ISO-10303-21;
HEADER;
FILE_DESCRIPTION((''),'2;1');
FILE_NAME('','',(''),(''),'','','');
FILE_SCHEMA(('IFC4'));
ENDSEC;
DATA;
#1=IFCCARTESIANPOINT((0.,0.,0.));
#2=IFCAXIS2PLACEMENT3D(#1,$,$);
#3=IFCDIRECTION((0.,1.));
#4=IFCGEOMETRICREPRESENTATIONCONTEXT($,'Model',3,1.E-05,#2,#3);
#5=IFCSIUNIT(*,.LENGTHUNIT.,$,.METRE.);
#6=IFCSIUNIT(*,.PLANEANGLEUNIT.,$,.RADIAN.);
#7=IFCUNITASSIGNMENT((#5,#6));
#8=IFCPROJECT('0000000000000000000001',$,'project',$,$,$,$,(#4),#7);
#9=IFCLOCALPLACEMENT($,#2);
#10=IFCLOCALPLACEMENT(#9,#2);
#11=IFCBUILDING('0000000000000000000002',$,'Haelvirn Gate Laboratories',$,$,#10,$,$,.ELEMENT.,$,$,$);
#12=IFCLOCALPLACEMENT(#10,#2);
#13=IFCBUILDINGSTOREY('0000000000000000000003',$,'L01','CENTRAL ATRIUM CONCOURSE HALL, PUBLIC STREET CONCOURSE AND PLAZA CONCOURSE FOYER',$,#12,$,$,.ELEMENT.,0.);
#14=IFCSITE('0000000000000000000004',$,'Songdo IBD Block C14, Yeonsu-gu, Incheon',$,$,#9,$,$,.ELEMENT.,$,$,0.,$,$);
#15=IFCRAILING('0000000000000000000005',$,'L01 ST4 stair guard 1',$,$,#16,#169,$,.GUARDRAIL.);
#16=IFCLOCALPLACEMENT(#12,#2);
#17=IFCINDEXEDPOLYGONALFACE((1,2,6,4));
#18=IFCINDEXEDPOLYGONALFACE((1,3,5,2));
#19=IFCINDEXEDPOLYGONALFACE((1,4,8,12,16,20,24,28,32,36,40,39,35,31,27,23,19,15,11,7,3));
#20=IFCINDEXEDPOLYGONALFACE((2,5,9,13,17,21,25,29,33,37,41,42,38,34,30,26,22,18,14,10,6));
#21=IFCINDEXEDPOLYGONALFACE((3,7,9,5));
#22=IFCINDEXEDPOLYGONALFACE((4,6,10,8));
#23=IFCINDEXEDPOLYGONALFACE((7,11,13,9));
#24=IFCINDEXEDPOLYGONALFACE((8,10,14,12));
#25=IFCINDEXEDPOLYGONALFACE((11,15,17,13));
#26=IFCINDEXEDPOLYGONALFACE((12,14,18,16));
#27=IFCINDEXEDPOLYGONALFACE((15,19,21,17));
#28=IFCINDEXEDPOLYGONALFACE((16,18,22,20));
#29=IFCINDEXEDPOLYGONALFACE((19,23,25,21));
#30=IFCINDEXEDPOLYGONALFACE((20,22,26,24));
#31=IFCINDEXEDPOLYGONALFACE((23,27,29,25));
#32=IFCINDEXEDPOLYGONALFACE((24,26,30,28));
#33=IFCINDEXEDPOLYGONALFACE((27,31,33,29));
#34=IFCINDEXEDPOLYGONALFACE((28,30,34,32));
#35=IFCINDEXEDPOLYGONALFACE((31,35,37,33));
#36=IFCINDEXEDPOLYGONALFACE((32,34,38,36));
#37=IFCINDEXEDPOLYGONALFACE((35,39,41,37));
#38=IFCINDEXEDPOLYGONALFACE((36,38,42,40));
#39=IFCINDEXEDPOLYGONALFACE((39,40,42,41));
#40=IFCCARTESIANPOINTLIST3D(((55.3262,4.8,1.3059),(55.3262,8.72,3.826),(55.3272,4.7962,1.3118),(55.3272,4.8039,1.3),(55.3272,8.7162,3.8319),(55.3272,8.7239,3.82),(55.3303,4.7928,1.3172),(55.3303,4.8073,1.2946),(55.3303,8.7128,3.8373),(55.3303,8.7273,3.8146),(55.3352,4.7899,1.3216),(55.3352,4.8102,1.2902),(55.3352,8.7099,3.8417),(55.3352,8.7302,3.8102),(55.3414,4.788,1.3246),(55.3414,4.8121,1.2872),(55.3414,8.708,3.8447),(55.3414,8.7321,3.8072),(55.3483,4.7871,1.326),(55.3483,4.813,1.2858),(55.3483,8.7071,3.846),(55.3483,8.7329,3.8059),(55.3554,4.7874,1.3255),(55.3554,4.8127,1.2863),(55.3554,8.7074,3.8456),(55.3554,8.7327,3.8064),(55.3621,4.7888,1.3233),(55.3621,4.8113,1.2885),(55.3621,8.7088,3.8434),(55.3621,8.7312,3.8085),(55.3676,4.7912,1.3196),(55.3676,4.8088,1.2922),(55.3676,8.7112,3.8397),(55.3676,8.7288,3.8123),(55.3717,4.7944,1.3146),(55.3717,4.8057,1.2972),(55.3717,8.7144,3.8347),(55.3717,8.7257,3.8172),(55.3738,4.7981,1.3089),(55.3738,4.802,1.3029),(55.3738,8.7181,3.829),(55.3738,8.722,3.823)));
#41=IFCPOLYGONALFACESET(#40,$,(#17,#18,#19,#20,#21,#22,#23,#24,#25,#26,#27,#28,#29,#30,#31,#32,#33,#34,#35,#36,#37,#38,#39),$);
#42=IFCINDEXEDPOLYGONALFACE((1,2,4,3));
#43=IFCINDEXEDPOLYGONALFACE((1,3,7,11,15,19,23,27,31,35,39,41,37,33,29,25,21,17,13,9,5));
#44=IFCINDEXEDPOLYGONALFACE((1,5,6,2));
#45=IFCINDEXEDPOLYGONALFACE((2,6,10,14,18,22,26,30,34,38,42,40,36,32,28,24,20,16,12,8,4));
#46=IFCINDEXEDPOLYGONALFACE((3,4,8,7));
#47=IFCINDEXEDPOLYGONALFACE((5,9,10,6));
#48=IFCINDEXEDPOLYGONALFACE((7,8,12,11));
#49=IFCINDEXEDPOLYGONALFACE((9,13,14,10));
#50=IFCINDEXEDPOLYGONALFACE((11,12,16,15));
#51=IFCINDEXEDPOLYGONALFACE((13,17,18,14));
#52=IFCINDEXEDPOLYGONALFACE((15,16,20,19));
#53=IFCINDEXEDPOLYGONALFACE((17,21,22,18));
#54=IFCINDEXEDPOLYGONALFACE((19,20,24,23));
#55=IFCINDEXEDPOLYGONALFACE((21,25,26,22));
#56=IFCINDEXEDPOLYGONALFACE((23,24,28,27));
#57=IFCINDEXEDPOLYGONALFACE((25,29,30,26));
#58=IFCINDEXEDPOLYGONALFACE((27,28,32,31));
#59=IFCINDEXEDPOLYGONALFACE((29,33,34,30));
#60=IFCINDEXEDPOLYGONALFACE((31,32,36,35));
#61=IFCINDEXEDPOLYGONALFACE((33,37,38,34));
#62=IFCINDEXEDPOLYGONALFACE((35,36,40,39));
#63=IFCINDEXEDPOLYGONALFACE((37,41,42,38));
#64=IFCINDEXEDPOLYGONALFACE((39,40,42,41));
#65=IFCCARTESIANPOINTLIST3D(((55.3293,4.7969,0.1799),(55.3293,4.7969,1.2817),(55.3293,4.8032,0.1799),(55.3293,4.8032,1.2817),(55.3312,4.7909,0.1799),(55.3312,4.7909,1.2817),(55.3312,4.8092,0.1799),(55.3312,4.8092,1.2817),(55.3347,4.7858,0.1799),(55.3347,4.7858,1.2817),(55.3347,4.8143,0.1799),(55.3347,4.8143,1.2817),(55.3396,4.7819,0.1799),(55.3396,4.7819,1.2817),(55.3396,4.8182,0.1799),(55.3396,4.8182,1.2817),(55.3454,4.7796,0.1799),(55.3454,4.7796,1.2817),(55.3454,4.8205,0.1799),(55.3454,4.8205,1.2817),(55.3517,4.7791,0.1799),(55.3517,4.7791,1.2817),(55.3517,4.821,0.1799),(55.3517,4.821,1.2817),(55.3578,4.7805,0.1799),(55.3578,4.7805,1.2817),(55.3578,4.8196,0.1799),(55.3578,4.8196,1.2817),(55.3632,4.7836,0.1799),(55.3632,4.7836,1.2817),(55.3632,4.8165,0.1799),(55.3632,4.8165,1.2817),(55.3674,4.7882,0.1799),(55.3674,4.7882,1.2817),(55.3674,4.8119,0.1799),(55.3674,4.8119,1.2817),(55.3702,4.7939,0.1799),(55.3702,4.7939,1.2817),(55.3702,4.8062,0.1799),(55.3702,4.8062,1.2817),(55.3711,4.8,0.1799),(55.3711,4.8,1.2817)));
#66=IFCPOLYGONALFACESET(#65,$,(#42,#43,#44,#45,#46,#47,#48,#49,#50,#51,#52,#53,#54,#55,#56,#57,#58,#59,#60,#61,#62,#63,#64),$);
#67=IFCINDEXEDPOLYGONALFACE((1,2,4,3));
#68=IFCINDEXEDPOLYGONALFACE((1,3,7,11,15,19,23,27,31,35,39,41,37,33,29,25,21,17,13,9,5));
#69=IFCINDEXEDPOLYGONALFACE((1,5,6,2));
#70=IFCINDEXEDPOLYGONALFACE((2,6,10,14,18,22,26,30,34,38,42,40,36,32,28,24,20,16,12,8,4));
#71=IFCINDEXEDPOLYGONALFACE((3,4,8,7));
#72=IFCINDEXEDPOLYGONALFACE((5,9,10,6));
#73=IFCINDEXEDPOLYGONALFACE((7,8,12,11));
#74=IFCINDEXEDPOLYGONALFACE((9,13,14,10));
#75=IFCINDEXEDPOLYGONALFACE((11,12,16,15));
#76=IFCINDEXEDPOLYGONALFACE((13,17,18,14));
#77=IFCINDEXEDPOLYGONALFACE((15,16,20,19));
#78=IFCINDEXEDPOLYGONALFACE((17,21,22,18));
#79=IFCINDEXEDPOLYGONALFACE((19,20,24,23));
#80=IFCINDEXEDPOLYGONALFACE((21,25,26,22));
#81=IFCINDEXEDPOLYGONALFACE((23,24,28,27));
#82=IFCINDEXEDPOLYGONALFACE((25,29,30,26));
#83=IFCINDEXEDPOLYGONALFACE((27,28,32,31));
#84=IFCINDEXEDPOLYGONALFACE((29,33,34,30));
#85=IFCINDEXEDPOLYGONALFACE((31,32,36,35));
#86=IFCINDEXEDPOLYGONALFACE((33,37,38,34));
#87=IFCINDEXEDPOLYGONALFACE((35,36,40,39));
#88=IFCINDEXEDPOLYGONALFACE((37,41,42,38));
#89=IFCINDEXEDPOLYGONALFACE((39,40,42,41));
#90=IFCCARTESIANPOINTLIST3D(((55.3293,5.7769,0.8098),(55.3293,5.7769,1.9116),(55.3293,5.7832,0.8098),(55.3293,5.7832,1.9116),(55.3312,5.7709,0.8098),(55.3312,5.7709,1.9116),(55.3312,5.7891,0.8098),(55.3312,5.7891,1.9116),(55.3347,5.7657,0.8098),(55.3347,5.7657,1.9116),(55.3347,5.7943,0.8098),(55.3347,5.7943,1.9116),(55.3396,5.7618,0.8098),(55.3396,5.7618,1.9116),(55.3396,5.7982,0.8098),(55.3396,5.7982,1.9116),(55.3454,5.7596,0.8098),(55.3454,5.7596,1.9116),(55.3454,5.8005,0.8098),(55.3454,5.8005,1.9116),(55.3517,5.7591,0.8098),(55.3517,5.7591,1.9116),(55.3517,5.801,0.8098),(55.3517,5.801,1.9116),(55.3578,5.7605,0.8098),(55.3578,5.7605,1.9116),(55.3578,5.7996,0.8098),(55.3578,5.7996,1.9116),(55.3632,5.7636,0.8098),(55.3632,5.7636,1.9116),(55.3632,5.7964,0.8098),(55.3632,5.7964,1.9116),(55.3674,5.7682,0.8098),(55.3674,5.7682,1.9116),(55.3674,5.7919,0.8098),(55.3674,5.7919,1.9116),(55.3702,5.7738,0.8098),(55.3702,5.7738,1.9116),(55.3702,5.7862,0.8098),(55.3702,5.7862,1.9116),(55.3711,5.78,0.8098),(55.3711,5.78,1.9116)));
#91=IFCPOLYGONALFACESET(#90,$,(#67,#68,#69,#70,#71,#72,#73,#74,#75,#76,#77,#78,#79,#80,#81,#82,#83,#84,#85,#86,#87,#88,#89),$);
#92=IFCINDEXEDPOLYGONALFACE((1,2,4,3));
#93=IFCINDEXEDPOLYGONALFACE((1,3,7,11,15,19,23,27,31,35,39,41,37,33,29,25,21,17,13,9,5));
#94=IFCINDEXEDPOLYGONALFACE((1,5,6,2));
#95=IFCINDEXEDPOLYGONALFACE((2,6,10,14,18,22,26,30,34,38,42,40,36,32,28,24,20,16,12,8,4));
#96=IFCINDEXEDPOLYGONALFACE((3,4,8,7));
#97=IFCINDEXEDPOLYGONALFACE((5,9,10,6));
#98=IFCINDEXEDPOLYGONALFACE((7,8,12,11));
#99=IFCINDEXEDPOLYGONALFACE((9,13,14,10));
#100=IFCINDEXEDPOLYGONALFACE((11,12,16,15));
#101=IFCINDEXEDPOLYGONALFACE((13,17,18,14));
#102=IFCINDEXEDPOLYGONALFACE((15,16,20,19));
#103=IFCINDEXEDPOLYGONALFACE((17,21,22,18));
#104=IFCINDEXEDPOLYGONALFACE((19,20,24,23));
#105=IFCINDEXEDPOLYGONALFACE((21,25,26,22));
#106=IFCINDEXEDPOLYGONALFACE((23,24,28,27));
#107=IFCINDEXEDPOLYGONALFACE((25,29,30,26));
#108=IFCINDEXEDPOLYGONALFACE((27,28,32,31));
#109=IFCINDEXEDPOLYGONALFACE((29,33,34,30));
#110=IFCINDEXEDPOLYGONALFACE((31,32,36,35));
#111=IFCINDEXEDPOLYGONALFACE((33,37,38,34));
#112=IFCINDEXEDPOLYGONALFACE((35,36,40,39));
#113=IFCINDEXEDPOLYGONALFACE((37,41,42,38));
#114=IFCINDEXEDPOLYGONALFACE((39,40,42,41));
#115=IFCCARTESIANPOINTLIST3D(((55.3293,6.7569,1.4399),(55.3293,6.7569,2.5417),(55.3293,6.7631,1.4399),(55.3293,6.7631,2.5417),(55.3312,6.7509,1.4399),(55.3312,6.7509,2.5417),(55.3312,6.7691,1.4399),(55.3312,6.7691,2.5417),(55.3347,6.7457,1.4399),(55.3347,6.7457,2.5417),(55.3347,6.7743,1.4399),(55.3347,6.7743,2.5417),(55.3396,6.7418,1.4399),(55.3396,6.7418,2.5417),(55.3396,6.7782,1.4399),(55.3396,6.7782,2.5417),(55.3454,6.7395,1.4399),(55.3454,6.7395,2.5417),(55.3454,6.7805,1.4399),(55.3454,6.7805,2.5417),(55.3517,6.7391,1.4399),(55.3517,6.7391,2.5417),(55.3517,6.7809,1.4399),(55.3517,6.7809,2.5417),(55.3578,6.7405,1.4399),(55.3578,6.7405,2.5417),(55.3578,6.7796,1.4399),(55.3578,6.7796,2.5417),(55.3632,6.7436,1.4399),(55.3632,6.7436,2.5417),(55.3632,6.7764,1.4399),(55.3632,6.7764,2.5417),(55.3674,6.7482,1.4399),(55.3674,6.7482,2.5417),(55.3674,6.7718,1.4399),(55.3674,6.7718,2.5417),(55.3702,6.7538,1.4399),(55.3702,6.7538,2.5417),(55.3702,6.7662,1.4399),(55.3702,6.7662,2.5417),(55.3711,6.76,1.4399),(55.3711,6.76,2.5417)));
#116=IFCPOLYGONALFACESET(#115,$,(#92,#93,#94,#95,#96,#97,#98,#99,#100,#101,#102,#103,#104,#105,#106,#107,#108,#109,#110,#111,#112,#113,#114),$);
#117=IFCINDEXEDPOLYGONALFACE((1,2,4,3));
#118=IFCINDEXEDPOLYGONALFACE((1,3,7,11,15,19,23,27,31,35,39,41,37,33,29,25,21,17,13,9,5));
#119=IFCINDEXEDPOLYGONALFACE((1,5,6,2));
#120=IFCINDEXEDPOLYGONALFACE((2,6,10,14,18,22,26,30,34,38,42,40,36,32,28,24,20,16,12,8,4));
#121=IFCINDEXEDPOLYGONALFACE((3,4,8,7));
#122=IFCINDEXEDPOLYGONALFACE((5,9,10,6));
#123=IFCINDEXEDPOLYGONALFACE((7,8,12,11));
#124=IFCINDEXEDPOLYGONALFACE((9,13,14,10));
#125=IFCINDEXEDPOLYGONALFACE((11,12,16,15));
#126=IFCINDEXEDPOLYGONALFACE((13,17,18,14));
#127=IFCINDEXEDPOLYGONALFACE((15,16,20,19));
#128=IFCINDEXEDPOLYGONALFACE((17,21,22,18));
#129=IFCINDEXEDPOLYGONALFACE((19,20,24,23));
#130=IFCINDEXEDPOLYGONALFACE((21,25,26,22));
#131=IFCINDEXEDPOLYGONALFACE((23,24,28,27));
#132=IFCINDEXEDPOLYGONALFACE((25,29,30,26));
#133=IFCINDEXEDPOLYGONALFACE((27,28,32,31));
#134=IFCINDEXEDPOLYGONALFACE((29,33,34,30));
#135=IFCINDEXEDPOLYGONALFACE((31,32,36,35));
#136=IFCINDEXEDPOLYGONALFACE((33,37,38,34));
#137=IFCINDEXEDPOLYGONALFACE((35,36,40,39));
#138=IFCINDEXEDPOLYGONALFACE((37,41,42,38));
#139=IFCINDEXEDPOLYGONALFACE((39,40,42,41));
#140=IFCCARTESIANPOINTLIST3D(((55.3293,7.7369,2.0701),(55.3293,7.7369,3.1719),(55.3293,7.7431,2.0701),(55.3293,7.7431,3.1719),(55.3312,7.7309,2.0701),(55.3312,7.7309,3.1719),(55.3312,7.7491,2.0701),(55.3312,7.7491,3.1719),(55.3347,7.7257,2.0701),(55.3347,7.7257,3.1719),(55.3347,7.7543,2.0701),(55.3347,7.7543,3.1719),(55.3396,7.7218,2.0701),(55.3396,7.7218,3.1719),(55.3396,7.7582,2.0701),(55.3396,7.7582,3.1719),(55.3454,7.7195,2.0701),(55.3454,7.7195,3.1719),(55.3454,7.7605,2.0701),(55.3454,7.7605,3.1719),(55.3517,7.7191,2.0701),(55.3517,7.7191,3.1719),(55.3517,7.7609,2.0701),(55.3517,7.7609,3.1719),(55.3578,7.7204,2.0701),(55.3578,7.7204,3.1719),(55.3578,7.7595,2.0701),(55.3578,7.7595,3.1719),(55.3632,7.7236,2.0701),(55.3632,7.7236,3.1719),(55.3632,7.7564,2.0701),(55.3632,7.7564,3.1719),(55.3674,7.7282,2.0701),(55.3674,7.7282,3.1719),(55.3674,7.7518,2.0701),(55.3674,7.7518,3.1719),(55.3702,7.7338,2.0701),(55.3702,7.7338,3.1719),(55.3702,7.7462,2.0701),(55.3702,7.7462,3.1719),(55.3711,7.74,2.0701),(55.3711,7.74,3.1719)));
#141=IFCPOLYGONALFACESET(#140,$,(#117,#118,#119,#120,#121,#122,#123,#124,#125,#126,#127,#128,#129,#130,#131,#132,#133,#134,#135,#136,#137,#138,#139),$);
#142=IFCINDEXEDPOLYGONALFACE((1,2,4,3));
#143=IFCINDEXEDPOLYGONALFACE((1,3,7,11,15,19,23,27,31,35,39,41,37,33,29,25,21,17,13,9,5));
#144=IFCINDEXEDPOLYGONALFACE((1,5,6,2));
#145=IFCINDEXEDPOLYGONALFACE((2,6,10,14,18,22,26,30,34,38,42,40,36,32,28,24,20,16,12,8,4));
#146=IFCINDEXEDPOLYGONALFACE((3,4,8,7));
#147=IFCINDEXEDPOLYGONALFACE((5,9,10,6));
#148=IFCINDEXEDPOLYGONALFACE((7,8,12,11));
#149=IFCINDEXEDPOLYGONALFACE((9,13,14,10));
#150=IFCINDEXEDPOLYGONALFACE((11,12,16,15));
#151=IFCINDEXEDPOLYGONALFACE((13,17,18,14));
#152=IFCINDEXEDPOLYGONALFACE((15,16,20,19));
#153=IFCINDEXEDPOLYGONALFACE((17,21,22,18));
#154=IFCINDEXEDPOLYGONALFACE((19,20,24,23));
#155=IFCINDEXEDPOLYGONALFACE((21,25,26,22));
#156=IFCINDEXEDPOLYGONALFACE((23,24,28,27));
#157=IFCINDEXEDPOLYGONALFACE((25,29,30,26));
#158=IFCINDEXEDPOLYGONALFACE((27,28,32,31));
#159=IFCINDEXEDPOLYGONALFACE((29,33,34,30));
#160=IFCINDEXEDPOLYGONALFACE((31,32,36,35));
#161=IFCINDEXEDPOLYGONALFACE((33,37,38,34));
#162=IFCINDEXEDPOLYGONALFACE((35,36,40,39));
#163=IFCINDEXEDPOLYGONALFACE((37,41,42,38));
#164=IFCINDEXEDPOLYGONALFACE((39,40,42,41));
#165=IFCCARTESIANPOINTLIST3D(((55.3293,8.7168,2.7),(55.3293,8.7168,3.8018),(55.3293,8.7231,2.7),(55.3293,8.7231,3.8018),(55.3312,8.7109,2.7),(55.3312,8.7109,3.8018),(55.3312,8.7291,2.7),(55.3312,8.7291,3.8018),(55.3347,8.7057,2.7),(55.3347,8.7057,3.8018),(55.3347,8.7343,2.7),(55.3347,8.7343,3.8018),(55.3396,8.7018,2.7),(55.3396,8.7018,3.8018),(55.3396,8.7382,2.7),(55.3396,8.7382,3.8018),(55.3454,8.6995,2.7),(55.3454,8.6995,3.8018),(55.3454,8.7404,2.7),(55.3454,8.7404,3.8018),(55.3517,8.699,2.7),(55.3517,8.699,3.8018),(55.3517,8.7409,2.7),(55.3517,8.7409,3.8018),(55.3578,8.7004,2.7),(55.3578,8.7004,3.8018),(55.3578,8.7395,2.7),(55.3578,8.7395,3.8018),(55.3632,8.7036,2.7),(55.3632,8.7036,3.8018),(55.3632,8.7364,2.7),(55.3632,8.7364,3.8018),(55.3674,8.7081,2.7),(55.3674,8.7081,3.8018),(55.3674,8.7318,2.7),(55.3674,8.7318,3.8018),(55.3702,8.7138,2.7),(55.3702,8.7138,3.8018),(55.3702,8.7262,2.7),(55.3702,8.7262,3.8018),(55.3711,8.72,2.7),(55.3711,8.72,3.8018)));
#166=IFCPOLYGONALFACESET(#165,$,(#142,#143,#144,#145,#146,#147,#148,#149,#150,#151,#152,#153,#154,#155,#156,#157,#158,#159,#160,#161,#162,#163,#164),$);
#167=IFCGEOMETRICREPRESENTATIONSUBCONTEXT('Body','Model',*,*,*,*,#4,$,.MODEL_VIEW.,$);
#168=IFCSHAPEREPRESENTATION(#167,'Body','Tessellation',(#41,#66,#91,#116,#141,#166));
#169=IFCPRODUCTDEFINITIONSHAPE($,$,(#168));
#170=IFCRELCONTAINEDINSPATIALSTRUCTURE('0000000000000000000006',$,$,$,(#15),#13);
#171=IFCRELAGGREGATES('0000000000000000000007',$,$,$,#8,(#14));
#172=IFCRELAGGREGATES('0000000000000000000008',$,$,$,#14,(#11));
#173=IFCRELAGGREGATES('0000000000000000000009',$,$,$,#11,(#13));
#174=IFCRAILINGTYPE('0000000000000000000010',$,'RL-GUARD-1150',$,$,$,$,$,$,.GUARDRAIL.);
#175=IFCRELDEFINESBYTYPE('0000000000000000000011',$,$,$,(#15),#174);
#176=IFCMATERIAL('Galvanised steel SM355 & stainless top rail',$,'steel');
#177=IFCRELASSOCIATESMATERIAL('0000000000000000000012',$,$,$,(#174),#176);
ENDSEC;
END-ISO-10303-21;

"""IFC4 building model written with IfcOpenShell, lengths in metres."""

from ifc_helpers import new_model, si_unit, direction, frame, origin, origin_2d, place, context, subcontext, project, spatial, circle, extrude, source, transform, mapped, material, type_object, type_shapes, element, save


model = new_model("IFC4")

# Units and contexts
model_context = context("Model", 3, precision=1e-05, world=origin(), true_north=direction((0.0, 1.0)))
body_context = subcontext(model_context, "Body", "Model", "MODEL_VIEW")
ifc_project = project(units=[si_unit("LENGTHUNIT", "METRE"), si_unit("PLANEANGLEUNIT", "RADIAN")], contexts=[model_context])

# Site, building, storey
site_placement = place(None, origin())
site = spatial("IfcSite", under=ifc_project, at=site_placement, Name="Songdo IBD Block C14, Yeonsu-gu, Incheon", CompositionType="ELEMENT", RefElevation=0.0)
building_placement = place(site_placement, origin())
building = spatial("IfcBuilding", under=site, at=building_placement, Name="Haelvirn Gate Laboratories", CompositionType="ELEMENT")
storey_placement = place(building_placement, origin())
storey = spatial("IfcBuildingStorey", under=building, at=storey_placement, Name="L01", Description="CENTRAL ATRIUM CONCOURSE HALL, PUBLIC STREET CONCOURSE AND PLAZA CONCOURSE FOYER", CompositionType="ELEMENT", Elevation=0.0)

# Railing
ifc_material_1 = material(Name="Galvanised steel SM355 & stainless top rail", Category="steel")
railing_type_1 = type_object("IfcRailingType", Name="RL-GUARD-1150", PredefinedType="GUARDRAIL", material=ifc_material_1)
shared_shape_1 = source(origin(), body_context, "Body", "SweptSolid", [
    extrude(circle(Radius=0.0239, at=origin_2d()), frame((0.0, 0.0, 1.126), z_axis=(0.0, 0.841172, 0.540768), x_axis=(-1.0, 0.0, 0.0)), (0.0, 0.0, 1.0), 4.6602),
    extrude(circle(Radius=0.021, at=origin_2d()), origin(), (0.0, 0.0, 1.0), 1.1018),
    extrude(circle(Radius=0.021, at=origin_2d()), frame((0.0, 0.98, 0.6299)), (0.0, 0.0, 1.0), 1.1018),
    extrude(circle(Radius=0.021, at=origin_2d()), frame((0.0, 1.96, 1.26)), (0.0, 0.0, 1.0), 1.1018),
    extrude(circle(Radius=0.021, at=origin_2d()), frame((0.0, 2.9399, 1.8901)), (0.0, 0.0, 1.0), 1.1018),
    extrude(circle(Radius=0.021, at=origin_2d()), frame((0.0, 3.9199, 2.52)), (0.0, 0.0, 1.0), 1.1018),
])
type_shapes(railing_type_1, [shared_shape_1])
railing_1_placement = place(storey_placement, frame((55.3501, 4.8, 0.1799)))
element("IfcRailing", 1, at=railing_1_placement, inside=storey, type_object=railing_type_1, Name="L01 ST4 stair guard 1", PredefinedType="GUARDRAIL", context=body_context, shape_type="MappedRepresentation", body=[
    mapped(shared_shape_1, transform((0.0, 0.0, 0.0), scale=1.0)),
])

save(model, "model.ifc")
